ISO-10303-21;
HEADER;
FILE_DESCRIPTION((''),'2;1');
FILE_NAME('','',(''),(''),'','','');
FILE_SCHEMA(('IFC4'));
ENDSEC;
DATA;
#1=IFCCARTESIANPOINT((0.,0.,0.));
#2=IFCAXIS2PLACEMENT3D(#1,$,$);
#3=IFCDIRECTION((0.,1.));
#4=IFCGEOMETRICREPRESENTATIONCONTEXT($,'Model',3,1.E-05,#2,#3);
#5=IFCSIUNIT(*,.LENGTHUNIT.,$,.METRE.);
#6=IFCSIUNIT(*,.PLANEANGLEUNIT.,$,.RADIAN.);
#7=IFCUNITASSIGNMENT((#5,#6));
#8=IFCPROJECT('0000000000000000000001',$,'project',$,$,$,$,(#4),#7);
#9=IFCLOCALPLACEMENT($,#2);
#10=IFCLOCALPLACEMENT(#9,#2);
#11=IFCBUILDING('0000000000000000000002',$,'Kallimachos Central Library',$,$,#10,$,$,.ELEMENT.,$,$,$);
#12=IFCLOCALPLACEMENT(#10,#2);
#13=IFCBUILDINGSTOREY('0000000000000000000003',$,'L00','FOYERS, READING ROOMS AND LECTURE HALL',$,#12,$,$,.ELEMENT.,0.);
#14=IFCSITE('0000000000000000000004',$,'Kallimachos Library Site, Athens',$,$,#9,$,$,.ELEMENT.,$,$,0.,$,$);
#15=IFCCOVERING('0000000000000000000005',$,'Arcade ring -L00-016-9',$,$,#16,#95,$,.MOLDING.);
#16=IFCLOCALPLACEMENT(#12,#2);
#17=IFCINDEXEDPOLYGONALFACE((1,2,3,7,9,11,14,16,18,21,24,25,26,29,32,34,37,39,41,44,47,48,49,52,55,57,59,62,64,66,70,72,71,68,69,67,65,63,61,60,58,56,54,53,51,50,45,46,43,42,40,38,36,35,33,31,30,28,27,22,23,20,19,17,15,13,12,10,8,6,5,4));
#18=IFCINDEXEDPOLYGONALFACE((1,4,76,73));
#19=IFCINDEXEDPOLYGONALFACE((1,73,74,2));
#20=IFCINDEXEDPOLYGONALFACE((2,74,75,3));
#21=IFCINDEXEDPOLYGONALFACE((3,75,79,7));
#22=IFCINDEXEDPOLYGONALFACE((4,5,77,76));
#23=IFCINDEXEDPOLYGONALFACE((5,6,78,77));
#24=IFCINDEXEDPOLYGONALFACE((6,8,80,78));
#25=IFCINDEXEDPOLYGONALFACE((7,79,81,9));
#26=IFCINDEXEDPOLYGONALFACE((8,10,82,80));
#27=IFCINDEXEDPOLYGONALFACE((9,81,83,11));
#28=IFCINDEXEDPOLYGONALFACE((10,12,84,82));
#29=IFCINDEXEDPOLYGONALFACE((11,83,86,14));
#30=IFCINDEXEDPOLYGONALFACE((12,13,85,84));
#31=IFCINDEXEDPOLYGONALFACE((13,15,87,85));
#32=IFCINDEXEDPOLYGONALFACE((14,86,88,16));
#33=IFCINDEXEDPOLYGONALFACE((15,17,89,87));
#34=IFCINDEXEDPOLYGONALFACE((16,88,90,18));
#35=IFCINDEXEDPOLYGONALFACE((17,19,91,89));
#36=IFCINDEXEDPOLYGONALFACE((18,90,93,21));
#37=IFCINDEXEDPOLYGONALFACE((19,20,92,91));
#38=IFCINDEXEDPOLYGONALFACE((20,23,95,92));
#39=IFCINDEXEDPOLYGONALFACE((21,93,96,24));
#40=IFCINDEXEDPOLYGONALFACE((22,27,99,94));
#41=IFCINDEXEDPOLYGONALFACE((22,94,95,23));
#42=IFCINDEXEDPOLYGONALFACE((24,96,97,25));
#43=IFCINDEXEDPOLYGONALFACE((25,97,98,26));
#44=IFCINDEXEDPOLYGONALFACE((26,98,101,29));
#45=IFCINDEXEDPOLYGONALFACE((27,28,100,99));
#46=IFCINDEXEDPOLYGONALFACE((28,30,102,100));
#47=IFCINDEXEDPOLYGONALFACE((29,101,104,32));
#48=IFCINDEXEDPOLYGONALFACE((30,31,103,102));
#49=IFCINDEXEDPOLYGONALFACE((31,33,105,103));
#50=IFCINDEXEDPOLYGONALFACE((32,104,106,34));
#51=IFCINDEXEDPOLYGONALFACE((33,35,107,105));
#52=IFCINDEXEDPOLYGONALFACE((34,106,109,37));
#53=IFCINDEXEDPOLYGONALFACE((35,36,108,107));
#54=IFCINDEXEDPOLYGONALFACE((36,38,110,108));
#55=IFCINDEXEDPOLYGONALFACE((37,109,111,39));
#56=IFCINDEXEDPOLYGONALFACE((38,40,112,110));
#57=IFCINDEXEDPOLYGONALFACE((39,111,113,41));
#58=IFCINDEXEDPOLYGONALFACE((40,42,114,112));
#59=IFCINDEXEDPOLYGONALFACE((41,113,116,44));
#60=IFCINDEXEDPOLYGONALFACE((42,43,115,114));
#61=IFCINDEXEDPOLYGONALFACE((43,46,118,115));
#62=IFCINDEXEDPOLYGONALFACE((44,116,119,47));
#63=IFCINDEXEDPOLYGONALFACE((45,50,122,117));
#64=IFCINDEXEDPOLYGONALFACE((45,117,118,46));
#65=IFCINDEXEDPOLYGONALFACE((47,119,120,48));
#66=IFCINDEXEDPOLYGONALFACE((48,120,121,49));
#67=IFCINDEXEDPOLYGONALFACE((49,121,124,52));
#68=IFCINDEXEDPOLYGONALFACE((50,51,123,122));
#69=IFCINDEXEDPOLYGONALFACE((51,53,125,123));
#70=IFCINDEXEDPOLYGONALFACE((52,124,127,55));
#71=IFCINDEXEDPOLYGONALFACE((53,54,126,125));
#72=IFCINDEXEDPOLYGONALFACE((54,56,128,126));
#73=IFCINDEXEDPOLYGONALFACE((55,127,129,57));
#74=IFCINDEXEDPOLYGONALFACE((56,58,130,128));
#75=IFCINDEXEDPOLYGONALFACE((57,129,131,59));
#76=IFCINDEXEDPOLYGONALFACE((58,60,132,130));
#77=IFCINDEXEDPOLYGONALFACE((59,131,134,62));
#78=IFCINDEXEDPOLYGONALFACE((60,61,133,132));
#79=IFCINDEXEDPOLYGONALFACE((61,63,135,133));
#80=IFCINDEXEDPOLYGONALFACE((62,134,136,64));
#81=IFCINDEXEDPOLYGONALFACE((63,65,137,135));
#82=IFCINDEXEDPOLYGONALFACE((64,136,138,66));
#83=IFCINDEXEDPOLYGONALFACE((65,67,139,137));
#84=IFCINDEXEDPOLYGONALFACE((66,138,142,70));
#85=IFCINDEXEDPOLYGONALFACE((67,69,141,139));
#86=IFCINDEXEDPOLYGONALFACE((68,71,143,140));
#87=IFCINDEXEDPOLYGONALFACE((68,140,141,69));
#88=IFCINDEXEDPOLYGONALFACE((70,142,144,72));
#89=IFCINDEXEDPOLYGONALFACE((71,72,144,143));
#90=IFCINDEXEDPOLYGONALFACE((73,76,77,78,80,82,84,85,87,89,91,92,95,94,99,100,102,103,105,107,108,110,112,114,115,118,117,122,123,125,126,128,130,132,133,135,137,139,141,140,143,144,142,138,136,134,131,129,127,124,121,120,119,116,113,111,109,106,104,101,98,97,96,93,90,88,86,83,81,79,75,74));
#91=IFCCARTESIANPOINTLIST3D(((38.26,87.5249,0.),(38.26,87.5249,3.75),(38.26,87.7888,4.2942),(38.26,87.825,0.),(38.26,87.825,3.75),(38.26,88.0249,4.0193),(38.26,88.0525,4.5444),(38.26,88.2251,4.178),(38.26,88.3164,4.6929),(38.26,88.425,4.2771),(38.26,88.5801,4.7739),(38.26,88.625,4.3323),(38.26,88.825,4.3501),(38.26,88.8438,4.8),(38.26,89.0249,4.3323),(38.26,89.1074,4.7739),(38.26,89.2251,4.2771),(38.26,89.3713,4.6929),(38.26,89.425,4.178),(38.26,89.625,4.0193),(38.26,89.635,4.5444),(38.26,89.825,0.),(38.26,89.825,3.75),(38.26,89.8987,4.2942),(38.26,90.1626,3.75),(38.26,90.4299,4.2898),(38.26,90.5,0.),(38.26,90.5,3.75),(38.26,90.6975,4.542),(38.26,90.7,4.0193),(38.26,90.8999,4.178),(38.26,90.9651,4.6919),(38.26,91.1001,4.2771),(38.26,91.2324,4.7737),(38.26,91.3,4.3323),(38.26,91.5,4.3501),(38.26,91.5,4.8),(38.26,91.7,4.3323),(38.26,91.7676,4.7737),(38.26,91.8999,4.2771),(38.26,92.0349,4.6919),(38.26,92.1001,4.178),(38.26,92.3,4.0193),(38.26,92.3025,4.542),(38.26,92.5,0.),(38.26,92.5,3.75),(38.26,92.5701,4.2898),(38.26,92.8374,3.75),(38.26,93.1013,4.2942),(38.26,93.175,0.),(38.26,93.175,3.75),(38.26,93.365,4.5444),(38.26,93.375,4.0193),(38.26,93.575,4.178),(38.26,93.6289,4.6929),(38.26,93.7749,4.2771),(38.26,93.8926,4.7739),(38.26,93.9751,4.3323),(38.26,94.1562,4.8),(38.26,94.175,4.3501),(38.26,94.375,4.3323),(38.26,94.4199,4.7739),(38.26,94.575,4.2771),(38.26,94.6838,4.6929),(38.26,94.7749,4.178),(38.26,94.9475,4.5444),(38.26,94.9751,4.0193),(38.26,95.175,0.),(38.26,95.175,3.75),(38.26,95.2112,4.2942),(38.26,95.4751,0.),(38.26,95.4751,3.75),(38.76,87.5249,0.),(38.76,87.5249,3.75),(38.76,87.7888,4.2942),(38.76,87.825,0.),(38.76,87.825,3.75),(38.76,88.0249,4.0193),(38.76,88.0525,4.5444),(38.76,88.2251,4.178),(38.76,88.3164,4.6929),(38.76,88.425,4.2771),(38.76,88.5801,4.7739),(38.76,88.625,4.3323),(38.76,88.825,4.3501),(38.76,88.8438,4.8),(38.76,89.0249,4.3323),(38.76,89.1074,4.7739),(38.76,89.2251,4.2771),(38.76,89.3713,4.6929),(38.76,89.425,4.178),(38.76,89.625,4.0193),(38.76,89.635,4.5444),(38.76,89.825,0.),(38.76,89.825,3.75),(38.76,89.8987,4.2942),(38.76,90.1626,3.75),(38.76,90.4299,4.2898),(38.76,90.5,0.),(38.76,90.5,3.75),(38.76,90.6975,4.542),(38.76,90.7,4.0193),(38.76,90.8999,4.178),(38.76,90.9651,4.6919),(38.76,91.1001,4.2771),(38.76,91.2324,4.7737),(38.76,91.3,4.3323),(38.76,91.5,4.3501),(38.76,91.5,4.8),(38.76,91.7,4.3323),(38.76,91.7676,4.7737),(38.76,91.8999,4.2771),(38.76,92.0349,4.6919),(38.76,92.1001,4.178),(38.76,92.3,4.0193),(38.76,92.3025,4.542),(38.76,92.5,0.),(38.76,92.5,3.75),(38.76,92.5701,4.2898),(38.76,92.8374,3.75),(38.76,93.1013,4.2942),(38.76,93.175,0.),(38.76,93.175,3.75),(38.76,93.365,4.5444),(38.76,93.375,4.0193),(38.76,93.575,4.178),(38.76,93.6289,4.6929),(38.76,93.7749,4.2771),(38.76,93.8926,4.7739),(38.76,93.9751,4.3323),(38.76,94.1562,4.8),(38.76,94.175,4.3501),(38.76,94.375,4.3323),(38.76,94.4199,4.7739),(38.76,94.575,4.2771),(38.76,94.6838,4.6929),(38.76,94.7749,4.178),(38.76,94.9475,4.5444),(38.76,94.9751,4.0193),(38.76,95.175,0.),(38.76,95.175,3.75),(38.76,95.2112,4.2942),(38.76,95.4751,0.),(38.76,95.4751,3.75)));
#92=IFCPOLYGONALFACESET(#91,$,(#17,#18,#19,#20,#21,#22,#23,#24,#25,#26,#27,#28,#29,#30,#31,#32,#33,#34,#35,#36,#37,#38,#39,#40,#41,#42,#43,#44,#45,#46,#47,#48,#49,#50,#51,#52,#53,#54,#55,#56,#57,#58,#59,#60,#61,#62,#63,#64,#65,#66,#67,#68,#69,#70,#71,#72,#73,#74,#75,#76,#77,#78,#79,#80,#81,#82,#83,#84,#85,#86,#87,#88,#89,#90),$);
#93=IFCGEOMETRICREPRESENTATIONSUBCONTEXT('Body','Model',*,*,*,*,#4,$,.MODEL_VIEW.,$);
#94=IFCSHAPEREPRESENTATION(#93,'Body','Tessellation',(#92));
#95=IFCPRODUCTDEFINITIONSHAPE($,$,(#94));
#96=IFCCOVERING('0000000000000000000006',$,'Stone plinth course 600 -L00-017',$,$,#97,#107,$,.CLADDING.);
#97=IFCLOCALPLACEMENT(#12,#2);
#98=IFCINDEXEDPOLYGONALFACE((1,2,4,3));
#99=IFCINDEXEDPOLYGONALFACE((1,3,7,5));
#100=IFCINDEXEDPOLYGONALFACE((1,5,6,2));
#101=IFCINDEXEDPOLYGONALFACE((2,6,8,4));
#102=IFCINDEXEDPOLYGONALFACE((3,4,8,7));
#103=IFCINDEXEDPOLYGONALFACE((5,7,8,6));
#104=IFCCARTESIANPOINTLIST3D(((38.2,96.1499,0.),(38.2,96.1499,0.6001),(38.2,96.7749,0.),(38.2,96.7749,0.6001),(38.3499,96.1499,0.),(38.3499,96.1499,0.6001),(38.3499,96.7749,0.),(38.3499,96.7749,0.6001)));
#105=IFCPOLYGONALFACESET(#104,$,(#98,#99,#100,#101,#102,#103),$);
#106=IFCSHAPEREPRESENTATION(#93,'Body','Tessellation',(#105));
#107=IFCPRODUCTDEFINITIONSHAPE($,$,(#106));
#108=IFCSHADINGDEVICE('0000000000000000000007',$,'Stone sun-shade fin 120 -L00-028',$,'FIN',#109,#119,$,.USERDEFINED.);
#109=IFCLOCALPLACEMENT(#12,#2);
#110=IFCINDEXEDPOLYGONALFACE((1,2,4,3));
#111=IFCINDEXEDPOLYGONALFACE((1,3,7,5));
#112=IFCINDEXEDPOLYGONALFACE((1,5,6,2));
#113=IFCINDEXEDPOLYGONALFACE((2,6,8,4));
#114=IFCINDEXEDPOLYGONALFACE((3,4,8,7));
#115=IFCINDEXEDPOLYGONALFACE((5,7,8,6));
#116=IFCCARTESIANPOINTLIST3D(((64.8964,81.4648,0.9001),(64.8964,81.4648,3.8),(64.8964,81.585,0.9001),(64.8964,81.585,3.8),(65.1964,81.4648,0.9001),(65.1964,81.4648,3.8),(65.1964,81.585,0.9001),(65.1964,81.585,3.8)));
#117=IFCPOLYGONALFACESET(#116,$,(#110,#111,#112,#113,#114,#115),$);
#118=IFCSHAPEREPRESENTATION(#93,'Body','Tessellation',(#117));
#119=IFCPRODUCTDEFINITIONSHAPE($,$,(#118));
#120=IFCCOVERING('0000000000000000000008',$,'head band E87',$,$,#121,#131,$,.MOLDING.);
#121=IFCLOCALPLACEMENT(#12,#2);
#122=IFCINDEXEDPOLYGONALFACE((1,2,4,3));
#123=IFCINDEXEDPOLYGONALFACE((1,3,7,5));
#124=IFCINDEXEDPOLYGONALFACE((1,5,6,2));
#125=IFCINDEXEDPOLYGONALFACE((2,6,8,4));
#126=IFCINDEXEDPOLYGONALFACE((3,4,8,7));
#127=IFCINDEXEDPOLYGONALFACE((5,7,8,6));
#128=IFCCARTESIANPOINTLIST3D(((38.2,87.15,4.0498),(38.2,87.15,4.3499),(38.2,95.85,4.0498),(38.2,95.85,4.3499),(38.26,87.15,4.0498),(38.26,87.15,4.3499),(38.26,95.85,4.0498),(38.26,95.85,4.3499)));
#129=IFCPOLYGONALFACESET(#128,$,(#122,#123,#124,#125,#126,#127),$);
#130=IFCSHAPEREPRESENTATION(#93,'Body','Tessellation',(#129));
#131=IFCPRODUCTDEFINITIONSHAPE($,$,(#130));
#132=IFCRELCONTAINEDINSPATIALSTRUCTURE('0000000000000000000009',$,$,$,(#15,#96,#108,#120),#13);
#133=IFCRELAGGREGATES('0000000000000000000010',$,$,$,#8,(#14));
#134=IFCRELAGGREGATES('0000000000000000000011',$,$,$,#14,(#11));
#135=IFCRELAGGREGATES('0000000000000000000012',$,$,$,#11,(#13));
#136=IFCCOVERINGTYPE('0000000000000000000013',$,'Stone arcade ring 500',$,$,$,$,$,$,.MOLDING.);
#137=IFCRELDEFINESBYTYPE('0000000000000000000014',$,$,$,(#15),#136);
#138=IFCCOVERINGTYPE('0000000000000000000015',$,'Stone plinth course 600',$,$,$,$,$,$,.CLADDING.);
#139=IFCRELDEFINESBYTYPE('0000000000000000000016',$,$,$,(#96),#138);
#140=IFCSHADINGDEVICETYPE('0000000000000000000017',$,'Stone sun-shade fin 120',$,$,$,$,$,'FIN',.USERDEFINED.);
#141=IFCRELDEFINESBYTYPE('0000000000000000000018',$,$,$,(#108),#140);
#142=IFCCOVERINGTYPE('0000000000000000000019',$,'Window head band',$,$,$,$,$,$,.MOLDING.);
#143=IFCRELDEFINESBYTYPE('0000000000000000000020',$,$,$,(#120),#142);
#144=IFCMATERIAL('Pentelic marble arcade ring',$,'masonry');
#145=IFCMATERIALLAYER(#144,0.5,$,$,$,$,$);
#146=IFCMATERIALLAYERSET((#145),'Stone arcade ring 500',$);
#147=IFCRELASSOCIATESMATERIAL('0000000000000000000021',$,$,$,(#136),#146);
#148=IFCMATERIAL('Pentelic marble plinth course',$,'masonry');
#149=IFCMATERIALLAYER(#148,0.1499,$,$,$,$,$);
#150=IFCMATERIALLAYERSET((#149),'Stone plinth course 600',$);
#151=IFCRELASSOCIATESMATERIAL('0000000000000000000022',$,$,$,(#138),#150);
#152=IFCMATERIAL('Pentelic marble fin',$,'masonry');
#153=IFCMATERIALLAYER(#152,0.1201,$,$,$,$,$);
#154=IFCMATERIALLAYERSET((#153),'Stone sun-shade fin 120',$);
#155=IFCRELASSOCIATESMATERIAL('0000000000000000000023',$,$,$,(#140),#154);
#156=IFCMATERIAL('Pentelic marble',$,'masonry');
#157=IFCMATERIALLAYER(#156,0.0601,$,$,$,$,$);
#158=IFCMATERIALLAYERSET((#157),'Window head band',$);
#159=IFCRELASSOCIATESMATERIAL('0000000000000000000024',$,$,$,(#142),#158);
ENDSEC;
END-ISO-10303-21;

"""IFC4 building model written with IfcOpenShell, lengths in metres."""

from ifc_helpers import new_model, si_unit, direction, frame, origin, origin_2d, place, context, subcontext, project, spatial, polyline, rectangle, outline, extrude, material, layer, layer_set, type_object, element, save


model = new_model("IFC4")

# Units and contexts
model_context = context("Model", 3, precision=1e-05, world=origin(), true_north=direction((0.0, 1.0)))
body_context = subcontext(model_context, "Body", "Model", "MODEL_VIEW")
ifc_project = project(units=[si_unit("LENGTHUNIT", "METRE"), si_unit("PLANEANGLEUNIT", "RADIAN")], contexts=[model_context])

# Site, building, storey
site_placement = place(None, origin())
site = spatial("IfcSite", under=ifc_project, at=site_placement, Name="Kallimachos Library Site, Athens", CompositionType="ELEMENT", RefElevation=0.0)
building_placement = place(site_placement, origin())
building = spatial("IfcBuilding", under=site, at=building_placement, Name="Kallimachos Central Library", CompositionType="ELEMENT")
storey_placement = place(building_placement, origin())
storey = spatial("IfcBuildingStorey", under=building, at=storey_placement, Name="L00", Description="FOYERS, READING ROOMS AND LECTURE HALL", CompositionType="ELEMENT", Elevation=0.0)

# Coverings
ifc_material_1 = material(Name="Pentelic marble arcade ring", Category="masonry")
ifc_layer_1 = layer(ifc_material_1, 0.5)
ifc_layer_set_1 = layer_set([ifc_layer_1], Name="Stone arcade ring 500")
covering_type_1 = type_object("IfcCoveringType", Name="Stone arcade ring 500", PredefinedType="MOLDING", material=ifc_layer_set_1)
covering_1_placement = place(storey_placement, frame((38.76, 87.825, 0.0), z_axis=(1.0, 0.0, 0.0), x_axis=(0.0, 0.0, 1.0)))
element("IfcCovering", 1, at=covering_1_placement, inside=storey, type_object=covering_type_1, Name="Arcade ring -L00-016-9", PredefinedType="MOLDING", context=body_context, shape_type="SweptSolid", body=[
    extrude(outline(polyline([(0.0, 0.0), (3.75, 0.0), (4.0193, -0.2), (4.178, -0.4001), (4.2771, -0.6001), (4.3323, -0.8), (4.3501, -1.0), (4.3323, -1.2), (4.2771, -1.4001), (4.178, -1.6001), (4.0193, -1.8), (3.75, -2.0), (0.0, -2.0), (0.0, -2.675), (3.75, -2.675), (4.0193, -2.875), (4.178, -3.075), (4.2771, -3.2751), (4.3323, -3.4751), (4.3501, -3.675), (4.3323, -3.875), (4.2771, -4.075), (4.178, -4.2751), (4.0193, -4.4751), (3.75, -4.675), (0.0, -4.675), (0.0, -5.3501), (3.75, -5.3501), (4.0193, -5.55), (4.178, -5.75), (4.2771, -5.95), (4.3323, -6.1501), (4.3501, -6.3501), (4.3323, -6.55), (4.2771, -6.75), (4.178, -6.95), (4.0193, -7.1501), (3.75, -7.3501), (0.0, -7.3501), (0.0, -7.6501), (3.75, -7.6501), (4.2942, -7.3862), (4.5444, -7.1226), (4.6929, -6.8589), (4.7739, -6.595), (4.8, -6.3313), (4.7739, -6.0676), (4.6929, -5.804), (4.5444, -5.54), (4.2942, -5.2764), (3.75, -5.0125), (4.2898, -4.7451), (4.542, -4.4775), (4.6919, -4.21), (4.7737, -3.9426), (4.8, -3.675), (4.7737, -3.4075), (4.6919, -3.1401), (4.542, -2.8726), (4.2898, -2.605), (3.75, -2.3376), (4.2942, -2.0737), (4.5444, -1.8101), (4.6929, -1.5464), (4.7739, -1.2825), (4.8, -1.0188), (4.7739, -0.7551), (4.6929, -0.4915), (4.5444, -0.2275), (4.2942, 0.0361), (3.75, 0.3), (0.0, 0.3), (0.0, 0.0)])), origin(), (0.0, 0.0, -1.0), 0.5),
])
ifc_material_2 = material(Name="Pentelic marble plinth course", Category="masonry")
ifc_layer_2 = layer(ifc_material_2, 0.1499)
ifc_layer_set_2 = layer_set([ifc_layer_2], Name="Stone plinth course 600")
covering_type_2 = type_object("IfcCoveringType", Name="Stone plinth course 600", PredefinedType="CLADDING", material=ifc_layer_set_2)
covering_2_placement = place(storey_placement, frame((38.2749, 96.4624, 0.0), z_axis=(0.0, 0.0, 1.0), x_axis=(1.0, 0.0, 0.0)))
element("IfcCovering", 2, at=covering_2_placement, inside=storey, type_object=covering_type_2, Name="Stone plinth course 600 -L00-017", PredefinedType="CLADDING", context=body_context, shape_type="SweptSolid", body=[
    extrude(rectangle(XDim=0.1499, YDim=0.625, at=origin_2d()), origin(), (0.0, 0.0, 1.0), 0.6001),
])

# Shading device
ifc_material_3 = material(Name="Pentelic marble fin", Category="masonry")
ifc_layer_3 = layer(ifc_material_3, 0.1201)
ifc_layer_set_3 = layer_set([ifc_layer_3], Name="Stone sun-shade fin 120")
shading_device_type = type_object("IfcShadingDeviceType", Name="Stone sun-shade fin 120", ElementType="FIN", PredefinedType="USERDEFINED", material=ifc_layer_set_3)
shading_device_placement = place(storey_placement, frame((65.0464, 81.5249, 0.9001), z_axis=(0.0, 0.0, 1.0), x_axis=(1.0, 0.0, 0.0)))
element("IfcShadingDevice", 3, at=shading_device_placement, inside=storey, type_object=shading_device_type, Name="Stone sun-shade fin 120 -L00-028", ObjectType="FIN", PredefinedType="USERDEFINED", context=body_context, shape_type="SweptSolid", body=[
    extrude(rectangle(XDim=0.3, YDim=0.1201, at=origin_2d()), origin(), (0.0, 0.0, 1.0), 2.8999),
])

# Covering
ifc_material_4 = material(Name="Pentelic marble", Category="masonry")
ifc_layer_4 = layer(ifc_material_4, 0.0601)
ifc_layer_set_4 = layer_set([ifc_layer_4], Name="Window head band")
covering_type_3 = type_object("IfcCoveringType", Name="Window head band", PredefinedType="MOLDING", material=ifc_layer_set_4)
covering_3_placement = place(storey_placement, frame((38.23, 91.5, 4.0498), z_axis=(0.0, 0.0, 1.0), x_axis=(1.0, 0.0, 0.0)))
element("IfcCovering", 4, at=covering_3_placement, inside=storey, type_object=covering_type_3, Name="head band E87", PredefinedType="MOLDING", context=body_context, shape_type="SweptSolid", body=[
    extrude(rectangle(XDim=0.0601, YDim=8.7, at=origin_2d()), origin(), (0.0, 0.0, 1.0), 0.3),
])

save(model, "model.ifc")
